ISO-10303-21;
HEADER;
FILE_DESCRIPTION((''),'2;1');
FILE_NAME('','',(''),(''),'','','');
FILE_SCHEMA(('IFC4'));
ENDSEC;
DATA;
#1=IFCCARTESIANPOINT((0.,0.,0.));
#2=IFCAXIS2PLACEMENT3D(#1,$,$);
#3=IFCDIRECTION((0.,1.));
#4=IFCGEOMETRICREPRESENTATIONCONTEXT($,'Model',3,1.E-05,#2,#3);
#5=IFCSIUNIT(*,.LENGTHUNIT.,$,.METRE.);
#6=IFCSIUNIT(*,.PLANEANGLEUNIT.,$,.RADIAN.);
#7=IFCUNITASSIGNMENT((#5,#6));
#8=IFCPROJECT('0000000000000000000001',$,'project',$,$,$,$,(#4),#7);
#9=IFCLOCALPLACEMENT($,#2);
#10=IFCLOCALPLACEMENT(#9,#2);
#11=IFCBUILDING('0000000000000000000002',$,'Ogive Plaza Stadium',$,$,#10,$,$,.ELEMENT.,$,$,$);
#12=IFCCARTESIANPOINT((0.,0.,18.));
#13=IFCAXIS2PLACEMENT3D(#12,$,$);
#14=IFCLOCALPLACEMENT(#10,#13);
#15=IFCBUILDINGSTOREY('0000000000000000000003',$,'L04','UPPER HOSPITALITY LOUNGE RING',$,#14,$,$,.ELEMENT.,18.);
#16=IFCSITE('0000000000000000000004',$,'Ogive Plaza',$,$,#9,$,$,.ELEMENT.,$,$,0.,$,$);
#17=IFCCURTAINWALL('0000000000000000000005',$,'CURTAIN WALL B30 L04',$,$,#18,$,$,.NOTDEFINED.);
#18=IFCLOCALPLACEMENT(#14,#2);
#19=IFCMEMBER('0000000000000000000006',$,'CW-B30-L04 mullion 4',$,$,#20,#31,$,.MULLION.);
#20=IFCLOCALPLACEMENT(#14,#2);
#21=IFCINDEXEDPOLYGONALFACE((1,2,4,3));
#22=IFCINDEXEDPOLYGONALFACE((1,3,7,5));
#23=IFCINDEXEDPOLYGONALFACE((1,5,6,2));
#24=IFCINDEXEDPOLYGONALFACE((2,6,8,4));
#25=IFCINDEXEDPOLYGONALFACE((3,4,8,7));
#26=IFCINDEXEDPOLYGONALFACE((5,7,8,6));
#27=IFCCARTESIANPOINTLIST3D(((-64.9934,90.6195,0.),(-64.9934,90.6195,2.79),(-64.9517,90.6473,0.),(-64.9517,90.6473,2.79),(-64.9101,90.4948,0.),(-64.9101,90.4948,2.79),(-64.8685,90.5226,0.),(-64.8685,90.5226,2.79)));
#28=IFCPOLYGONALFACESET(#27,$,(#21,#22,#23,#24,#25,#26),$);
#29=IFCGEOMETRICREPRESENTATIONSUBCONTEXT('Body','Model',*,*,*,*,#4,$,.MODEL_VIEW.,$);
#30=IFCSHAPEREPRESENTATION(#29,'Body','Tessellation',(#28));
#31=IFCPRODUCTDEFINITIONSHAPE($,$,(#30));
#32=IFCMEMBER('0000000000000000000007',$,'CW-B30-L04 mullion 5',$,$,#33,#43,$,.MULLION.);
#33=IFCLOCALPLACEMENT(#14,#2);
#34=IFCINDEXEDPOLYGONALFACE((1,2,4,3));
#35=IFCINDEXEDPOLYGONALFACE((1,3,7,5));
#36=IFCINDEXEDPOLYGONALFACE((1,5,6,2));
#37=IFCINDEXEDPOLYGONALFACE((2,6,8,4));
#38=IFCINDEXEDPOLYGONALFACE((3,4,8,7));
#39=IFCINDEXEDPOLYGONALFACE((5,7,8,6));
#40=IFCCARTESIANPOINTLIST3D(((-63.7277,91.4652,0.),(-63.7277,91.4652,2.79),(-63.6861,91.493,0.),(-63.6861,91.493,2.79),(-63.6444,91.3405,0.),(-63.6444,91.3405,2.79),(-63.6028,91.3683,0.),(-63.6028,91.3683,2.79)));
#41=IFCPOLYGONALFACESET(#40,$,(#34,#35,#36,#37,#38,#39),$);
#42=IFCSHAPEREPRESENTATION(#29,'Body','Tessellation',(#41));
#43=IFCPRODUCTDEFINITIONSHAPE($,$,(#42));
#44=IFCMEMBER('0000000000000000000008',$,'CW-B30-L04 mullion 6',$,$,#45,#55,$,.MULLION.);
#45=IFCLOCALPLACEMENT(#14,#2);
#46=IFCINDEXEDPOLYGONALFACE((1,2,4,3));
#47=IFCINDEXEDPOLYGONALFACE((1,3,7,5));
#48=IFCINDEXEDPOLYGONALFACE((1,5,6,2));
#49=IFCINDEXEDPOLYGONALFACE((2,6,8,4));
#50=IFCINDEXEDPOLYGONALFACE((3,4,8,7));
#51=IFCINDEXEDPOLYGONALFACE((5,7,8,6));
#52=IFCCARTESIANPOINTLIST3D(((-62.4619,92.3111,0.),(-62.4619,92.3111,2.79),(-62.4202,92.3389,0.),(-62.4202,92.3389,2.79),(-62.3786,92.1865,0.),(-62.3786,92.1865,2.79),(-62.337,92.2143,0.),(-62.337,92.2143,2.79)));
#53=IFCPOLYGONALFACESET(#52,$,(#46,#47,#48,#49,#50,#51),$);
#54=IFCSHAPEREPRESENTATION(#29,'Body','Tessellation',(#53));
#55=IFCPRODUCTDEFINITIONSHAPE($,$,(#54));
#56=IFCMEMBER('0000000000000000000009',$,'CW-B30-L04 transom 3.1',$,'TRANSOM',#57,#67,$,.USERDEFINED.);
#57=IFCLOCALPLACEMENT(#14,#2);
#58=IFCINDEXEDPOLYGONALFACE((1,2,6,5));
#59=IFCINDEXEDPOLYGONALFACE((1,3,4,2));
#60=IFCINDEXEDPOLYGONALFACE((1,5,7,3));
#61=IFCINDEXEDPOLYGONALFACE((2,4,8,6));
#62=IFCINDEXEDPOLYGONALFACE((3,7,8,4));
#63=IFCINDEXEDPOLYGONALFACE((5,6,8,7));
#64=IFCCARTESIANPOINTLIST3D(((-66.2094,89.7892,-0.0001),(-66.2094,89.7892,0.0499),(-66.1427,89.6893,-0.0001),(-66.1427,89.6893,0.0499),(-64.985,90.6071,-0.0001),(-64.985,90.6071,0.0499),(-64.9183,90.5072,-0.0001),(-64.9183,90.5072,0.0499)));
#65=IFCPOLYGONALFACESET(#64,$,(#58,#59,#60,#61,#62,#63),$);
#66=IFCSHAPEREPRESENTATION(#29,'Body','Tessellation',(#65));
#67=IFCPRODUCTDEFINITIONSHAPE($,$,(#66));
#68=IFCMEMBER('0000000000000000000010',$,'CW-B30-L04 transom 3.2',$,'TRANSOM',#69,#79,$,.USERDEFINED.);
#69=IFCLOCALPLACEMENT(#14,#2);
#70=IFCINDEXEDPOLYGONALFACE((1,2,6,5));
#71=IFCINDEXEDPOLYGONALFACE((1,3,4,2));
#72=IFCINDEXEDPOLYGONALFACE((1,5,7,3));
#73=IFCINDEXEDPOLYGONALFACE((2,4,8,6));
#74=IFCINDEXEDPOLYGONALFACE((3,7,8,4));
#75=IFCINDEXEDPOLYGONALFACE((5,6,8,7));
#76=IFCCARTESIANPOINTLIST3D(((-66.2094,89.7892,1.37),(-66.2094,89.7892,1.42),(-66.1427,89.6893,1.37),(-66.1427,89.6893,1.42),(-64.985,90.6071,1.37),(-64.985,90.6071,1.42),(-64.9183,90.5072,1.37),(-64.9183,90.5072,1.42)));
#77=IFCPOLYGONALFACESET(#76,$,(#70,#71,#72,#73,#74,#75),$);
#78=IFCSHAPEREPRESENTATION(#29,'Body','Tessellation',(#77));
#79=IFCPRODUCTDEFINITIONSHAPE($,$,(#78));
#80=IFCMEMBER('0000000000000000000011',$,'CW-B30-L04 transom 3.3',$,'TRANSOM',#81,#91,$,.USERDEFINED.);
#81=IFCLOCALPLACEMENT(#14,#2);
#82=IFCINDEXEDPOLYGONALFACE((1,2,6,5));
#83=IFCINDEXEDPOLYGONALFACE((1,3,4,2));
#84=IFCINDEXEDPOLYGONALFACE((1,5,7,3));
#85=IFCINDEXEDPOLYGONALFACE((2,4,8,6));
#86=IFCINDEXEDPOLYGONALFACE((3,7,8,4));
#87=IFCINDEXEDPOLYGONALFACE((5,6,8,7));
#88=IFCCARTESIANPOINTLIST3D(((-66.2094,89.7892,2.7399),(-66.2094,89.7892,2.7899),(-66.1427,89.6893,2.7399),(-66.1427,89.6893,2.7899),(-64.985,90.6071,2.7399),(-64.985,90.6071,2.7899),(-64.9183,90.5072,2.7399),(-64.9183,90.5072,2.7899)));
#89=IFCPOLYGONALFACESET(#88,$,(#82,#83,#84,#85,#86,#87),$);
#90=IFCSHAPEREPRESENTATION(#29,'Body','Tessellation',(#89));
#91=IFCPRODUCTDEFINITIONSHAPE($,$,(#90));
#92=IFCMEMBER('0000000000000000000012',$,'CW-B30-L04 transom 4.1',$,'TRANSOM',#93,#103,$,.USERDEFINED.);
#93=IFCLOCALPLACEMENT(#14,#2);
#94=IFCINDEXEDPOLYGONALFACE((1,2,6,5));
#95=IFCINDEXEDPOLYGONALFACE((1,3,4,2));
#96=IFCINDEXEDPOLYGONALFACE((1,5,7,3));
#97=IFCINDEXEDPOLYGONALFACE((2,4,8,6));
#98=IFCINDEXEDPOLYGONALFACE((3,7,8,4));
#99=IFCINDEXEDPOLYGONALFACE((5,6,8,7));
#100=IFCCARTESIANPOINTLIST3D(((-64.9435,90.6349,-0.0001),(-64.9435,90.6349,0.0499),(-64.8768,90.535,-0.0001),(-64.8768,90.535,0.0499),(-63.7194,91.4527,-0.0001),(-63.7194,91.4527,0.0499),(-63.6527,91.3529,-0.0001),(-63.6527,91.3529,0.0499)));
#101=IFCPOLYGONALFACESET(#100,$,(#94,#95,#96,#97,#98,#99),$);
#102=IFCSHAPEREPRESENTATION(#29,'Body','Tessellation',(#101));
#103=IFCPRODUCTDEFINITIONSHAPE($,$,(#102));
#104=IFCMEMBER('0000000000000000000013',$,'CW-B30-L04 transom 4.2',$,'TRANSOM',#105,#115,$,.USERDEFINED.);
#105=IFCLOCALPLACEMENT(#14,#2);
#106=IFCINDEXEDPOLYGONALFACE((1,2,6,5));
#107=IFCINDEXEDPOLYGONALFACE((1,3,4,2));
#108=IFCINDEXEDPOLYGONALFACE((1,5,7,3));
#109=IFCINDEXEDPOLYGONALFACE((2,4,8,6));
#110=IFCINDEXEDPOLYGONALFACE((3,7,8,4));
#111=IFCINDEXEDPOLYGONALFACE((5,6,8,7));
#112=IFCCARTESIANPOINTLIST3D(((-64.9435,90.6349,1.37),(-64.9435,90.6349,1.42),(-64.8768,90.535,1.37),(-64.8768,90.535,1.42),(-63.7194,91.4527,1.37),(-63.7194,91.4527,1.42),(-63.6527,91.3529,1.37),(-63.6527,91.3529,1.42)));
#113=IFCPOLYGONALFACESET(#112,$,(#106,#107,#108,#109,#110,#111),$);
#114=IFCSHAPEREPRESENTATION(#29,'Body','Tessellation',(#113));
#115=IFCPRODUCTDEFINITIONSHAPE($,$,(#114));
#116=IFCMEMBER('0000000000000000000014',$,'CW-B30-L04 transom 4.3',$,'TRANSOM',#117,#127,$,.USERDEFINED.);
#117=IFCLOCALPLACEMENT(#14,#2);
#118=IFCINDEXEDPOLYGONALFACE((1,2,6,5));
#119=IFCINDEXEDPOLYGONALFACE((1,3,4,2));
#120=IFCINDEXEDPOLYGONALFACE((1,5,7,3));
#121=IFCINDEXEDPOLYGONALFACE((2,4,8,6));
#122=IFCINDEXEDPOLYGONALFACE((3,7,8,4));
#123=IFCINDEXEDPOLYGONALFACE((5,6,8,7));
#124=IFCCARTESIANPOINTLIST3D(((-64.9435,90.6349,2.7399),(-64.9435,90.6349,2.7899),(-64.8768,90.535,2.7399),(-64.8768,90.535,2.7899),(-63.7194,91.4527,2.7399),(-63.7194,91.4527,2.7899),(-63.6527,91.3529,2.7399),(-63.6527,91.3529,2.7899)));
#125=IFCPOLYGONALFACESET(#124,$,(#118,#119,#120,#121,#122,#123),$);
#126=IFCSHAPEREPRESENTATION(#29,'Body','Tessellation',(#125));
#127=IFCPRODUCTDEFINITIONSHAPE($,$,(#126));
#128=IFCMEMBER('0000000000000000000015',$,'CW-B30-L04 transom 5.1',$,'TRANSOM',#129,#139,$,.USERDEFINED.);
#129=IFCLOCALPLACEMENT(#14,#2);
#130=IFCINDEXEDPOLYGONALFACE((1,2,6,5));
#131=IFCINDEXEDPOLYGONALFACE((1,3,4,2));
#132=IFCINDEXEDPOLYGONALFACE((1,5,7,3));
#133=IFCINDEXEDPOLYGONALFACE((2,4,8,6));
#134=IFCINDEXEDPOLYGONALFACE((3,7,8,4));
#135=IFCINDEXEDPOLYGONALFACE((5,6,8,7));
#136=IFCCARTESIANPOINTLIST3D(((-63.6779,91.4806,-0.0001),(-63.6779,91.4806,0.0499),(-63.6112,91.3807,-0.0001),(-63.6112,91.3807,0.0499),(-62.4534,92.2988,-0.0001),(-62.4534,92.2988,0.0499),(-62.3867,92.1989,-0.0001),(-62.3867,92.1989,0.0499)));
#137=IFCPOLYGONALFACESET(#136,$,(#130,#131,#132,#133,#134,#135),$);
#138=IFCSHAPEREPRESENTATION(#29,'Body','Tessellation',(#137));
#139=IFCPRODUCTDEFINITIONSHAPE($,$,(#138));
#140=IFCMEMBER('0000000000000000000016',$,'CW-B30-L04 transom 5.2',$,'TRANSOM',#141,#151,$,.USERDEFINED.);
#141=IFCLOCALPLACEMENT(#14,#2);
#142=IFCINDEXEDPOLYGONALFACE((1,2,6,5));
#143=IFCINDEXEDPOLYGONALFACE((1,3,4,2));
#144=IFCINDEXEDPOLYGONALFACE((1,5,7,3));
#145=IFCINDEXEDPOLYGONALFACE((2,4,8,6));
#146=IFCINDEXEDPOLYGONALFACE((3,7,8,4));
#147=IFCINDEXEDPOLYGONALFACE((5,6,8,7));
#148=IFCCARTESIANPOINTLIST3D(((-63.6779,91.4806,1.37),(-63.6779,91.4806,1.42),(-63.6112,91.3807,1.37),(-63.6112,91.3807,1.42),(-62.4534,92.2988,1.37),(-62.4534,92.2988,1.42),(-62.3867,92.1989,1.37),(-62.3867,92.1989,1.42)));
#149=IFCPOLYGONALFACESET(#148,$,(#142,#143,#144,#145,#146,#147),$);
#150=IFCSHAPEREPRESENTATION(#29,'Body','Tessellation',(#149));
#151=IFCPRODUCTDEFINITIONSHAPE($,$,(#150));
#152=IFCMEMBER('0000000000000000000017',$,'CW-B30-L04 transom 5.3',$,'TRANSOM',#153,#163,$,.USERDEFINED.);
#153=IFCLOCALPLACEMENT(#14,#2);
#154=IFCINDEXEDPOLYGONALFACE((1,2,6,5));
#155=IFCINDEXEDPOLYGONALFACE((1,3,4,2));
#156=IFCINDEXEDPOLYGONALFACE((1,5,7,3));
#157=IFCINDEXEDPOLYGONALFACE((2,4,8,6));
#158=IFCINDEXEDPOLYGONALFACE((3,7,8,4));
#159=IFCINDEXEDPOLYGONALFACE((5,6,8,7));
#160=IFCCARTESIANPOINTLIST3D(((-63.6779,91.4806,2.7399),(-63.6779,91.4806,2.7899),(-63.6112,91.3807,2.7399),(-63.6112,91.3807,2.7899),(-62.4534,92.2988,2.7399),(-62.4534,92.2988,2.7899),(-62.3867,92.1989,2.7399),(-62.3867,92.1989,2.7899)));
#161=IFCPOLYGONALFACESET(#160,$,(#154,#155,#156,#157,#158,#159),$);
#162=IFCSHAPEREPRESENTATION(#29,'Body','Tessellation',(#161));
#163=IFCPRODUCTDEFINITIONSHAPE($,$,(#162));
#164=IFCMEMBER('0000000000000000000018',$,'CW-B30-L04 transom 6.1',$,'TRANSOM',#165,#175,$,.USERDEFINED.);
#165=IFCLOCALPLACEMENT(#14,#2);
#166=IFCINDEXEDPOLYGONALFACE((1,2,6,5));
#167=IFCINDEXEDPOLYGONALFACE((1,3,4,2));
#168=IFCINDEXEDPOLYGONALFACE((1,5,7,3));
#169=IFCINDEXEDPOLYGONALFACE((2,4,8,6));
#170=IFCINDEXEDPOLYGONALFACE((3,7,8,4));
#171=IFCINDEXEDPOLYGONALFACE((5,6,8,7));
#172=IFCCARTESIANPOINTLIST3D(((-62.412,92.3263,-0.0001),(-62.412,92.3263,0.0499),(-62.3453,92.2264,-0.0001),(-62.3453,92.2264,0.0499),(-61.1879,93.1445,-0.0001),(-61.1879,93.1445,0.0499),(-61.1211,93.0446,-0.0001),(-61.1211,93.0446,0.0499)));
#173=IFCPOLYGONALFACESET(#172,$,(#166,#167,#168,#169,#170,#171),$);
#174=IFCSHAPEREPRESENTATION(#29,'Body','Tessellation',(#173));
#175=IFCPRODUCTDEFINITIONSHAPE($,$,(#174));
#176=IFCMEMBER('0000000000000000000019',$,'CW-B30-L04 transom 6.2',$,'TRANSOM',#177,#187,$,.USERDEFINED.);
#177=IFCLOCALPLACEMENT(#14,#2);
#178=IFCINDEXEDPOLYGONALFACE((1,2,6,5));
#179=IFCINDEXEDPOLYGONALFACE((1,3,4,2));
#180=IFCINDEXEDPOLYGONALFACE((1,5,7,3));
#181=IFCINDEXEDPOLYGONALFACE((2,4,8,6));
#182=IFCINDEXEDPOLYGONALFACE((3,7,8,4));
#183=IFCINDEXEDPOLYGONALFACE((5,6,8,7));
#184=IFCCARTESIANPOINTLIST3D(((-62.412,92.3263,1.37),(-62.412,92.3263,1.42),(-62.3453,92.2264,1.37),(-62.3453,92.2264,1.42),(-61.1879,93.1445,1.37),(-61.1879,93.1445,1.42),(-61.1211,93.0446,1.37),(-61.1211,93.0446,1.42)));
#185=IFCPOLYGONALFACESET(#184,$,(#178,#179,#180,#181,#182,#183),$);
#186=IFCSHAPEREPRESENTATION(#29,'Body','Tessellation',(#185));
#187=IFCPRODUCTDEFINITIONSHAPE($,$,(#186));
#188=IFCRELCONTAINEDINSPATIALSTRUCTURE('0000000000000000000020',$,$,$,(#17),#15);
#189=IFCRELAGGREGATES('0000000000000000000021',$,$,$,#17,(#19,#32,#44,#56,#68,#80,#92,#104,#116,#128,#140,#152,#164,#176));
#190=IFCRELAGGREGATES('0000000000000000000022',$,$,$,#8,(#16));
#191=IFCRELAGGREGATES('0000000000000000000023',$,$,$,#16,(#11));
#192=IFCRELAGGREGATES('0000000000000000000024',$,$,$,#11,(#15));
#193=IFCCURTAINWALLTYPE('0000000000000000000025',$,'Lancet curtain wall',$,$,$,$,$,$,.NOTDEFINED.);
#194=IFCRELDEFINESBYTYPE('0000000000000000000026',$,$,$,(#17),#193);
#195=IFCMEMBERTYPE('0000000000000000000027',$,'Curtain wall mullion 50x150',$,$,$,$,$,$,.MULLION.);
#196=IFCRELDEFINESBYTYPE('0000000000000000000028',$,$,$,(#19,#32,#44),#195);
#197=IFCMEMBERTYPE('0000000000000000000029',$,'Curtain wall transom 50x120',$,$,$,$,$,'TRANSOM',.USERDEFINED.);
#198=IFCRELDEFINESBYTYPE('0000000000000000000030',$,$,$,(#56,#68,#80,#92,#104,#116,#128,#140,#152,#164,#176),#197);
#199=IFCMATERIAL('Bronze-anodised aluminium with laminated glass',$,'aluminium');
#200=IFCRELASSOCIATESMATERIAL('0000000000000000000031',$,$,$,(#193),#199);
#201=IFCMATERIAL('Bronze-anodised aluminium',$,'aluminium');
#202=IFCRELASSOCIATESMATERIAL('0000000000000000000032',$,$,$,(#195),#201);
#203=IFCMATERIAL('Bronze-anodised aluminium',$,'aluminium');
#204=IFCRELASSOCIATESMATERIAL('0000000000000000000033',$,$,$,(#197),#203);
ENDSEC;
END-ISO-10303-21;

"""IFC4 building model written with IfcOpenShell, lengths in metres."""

from ifc_helpers import new_model, si_unit, direction, frame, origin, origin_2d, place, context, subcontext, project, spatial, rectangle, extrude, material, material_profile, profile_set, type_object, element, aggregate, save


model = new_model("IFC4")

# Units and contexts
model_context = context("Model", 3, precision=1e-05, world=origin(), true_north=direction((0.0, 1.0)))
body_context = subcontext(model_context, "Body", "Model", "MODEL_VIEW")
ifc_project = project(units=[si_unit("LENGTHUNIT", "METRE"), si_unit("PLANEANGLEUNIT", "RADIAN")], contexts=[model_context])

# Site, building, storey
site_placement = place(None, origin())
site = spatial("IfcSite", under=ifc_project, at=site_placement, Name="Ogive Plaza", CompositionType="ELEMENT", RefElevation=0.0)
building_placement = place(site_placement, origin())
building = spatial("IfcBuilding", under=site, at=building_placement, Name="Ogive Plaza Stadium", CompositionType="ELEMENT")
storey_placement = place(building_placement, frame((0.0, 0.0, 18.0)))
storey = spatial("IfcBuildingStorey", under=building, at=storey_placement, Name="L04", Description="UPPER HOSPITALITY LOUNGE RING", CompositionType="ELEMENT", Elevation=18.0)

# Curtain wall, members
ifc_material_1 = material(Name="Bronze-anodised aluminium with laminated glass", Category="aluminium")
curtain_wall_type = type_object("IfcCurtainWallType", Name="Lancet curtain wall", PredefinedType="NOTDEFINED", material=ifc_material_1)
curtain_wall_placement = place(storey_placement, origin())
curtain_wall = element("IfcCurtainWall", 1, at=curtain_wall_placement, inside=storey, type_object=curtain_wall_type, Name="CURTAIN WALL B30 L04", PredefinedType="NOTDEFINED")
ifc_material_2 = material(Name="Bronze-anodised aluminium", Category="aluminium")
ifc_material_profile_1 = material_profile(ifc_material_2, rectangle(XDim=0.1499, YDim=0.05, at=origin_2d()), Name="AL 150x50")
ifc_profile_set_1 = profile_set([ifc_material_profile_1], Name="Bronze-anodised aluminium")
member_type_1 = type_object("IfcMemberType", Name="Curtain wall mullion 50x150", PredefinedType="MULLION", material=ifc_profile_set_1)
member_1_placement = place(storey_placement, frame((-64.9309, 90.571, 0.0), z_axis=(0.0, 0.0, 1.0), x_axis=(-0.55557, 0.83147, 0.0)))
member_1 = element("IfcMember", 2, at=member_1_placement, type_object=member_type_1, Name="CW-B30-L04 mullion 4", PredefinedType="MULLION", context=body_context, shape_type="SweptSolid", body=[
    extrude(rectangle(XDim=0.1499, YDim=0.05, at=origin_2d()), origin(), (0.0, 0.0, 1.0), 2.79),
])
member_2_placement = place(storey_placement, frame((-63.6653, 91.4167, 0.0), z_axis=(0.0, 0.0, 1.0), x_axis=(-0.55557, 0.83147, 0.0)))
member_2 = element("IfcMember", 3, at=member_2_placement, type_object=member_type_1, Name="CW-B30-L04 mullion 5", PredefinedType="MULLION", context=body_context, shape_type="SweptSolid", body=[
    extrude(rectangle(XDim=0.1499, YDim=0.05, at=origin_2d()), origin(), (0.0, 0.0, 1.0), 2.79),
])
member_3_placement = place(storey_placement, frame((-62.3994, 92.2627, 0.0), z_axis=(0.0, 0.0, 1.0), x_axis=(-0.55557, 0.83147, 0.0)))
member_3 = element("IfcMember", 4, at=member_3_placement, type_object=member_type_1, Name="CW-B30-L04 mullion 6", PredefinedType="MULLION", context=body_context, shape_type="SweptSolid", body=[
    extrude(rectangle(XDim=0.1499, YDim=0.05, at=origin_2d()), origin(), (0.0, 0.0, 1.0), 2.79),
])
ifc_material_3 = material(Name="Bronze-anodised aluminium", Category="aluminium")
ifc_material_profile_2 = material_profile(ifc_material_3, rectangle(XDim=0.1201, YDim=0.05, at=origin_2d()), Name="AL 120x50")
ifc_profile_set_2 = profile_set([ifc_material_profile_2], Name="Bronze-anodised aluminium")
member_type_2 = type_object("IfcMemberType", Name="Curtain wall transom 50x120", ElementType="TRANSOM", PredefinedType="USERDEFINED", material=ifc_profile_set_2)
member_4_placement = place(storey_placement, frame((-66.176, 89.7393, 0.0249), z_axis=(0.83154, 0.555465, 0.0), x_axis=(-0.555465, 0.83154, 0.0)))
member_4 = element("IfcMember", 5, at=member_4_placement, type_object=member_type_2, Name="CW-B30-L04 transom 3.1", ObjectType="TRANSOM", PredefinedType="USERDEFINED", context=body_context, shape_type="SweptSolid", body=[
    extrude(rectangle(XDim=0.1201, YDim=0.05, at=origin_2d()), origin(), (0.0, 0.0, 1.0), 1.4724),
])
member_5_placement = place(storey_placement, frame((-66.176, 89.7393, 1.395), z_axis=(0.83154, 0.555465, 0.0), x_axis=(-0.555465, 0.83154, 0.0)))
member_5 = element("IfcMember", 6, at=member_5_placement, type_object=member_type_2, Name="CW-B30-L04 transom 3.2", ObjectType="TRANSOM", PredefinedType="USERDEFINED", context=body_context, shape_type="SweptSolid", body=[
    extrude(rectangle(XDim=0.1201, YDim=0.05, at=origin_2d()), origin(), (0.0, 0.0, 1.0), 1.4724),
])
member_6_placement = place(storey_placement, frame((-66.176, 89.7393, 2.7649), z_axis=(0.83154, 0.555465, 0.0), x_axis=(-0.555465, 0.83154, 0.0)))
member_6 = element("IfcMember", 7, at=member_6_placement, type_object=member_type_2, Name="CW-B30-L04 transom 3.3", ObjectType="TRANSOM", PredefinedType="USERDEFINED", context=body_context, shape_type="SweptSolid", body=[
    extrude(rectangle(XDim=0.1201, YDim=0.05, at=origin_2d()), origin(), (0.0, 0.0, 1.0), 1.4724),
])
member_7_placement = place(storey_placement, frame((-64.9102, 90.585, 0.0249), z_axis=(0.831489, 0.555542, 0.0), x_axis=(-0.555542, 0.831489, 0.0)))
member_7 = element("IfcMember", 8, at=member_7_placement, type_object=member_type_2, Name="CW-B30-L04 transom 4.1", ObjectType="TRANSOM", PredefinedType="USERDEFINED", context=body_context, shape_type="SweptSolid", body=[
    extrude(rectangle(XDim=0.1201, YDim=0.05, at=origin_2d()), origin(), (0.0, 0.0, 1.0), 1.4722),
])
member_8_placement = place(storey_placement, frame((-64.9102, 90.585, 1.395), z_axis=(0.831489, 0.555542, 0.0), x_axis=(-0.555542, 0.831489, 0.0)))
member_8 = element("IfcMember", 9, at=member_8_placement, type_object=member_type_2, Name="CW-B30-L04 transom 4.2", ObjectType="TRANSOM", PredefinedType="USERDEFINED", context=body_context, shape_type="SweptSolid", body=[
    extrude(rectangle(XDim=0.1201, YDim=0.05, at=origin_2d()), origin(), (0.0, 0.0, 1.0), 1.4722),
])
member_9_placement = place(storey_placement, frame((-64.9102, 90.585, 2.7649), z_axis=(0.831489, 0.555542, 0.0), x_axis=(-0.555542, 0.831489, 0.0)))
member_9 = element("IfcMember", 10, at=member_9_placement, type_object=member_type_2, Name="CW-B30-L04 transom 4.3", ObjectType="TRANSOM", PredefinedType="USERDEFINED", context=body_context, shape_type="SweptSolid", body=[
    extrude(rectangle(XDim=0.1201, YDim=0.05, at=origin_2d()), origin(), (0.0, 0.0, 1.0), 1.4722),
])
member_10_placement = place(storey_placement, frame((-63.6445, 91.4307, 0.0249), z_axis=(0.831463, 0.55558, 0.0), x_axis=(-0.55558, 0.831463, 0.0)))
member_10 = element("IfcMember", 11, at=member_10_placement, type_object=member_type_2, Name="CW-B30-L04 transom 5.1", ObjectType="TRANSOM", PredefinedType="USERDEFINED", context=body_context, shape_type="SweptSolid", body=[
    extrude(rectangle(XDim=0.1201, YDim=0.05, at=origin_2d()), origin(), (0.0, 0.0, 1.0), 1.4727),
])
member_11_placement = place(storey_placement, frame((-63.6445, 91.4307, 1.395), z_axis=(0.831463, 0.55558, 0.0), x_axis=(-0.55558, 0.831463, 0.0)))
member_11 = element("IfcMember", 12, at=member_11_placement, type_object=member_type_2, Name="CW-B30-L04 transom 5.2", ObjectType="TRANSOM", PredefinedType="USERDEFINED", context=body_context, shape_type="SweptSolid", body=[
    extrude(rectangle(XDim=0.1201, YDim=0.05, at=origin_2d()), origin(), (0.0, 0.0, 1.0), 1.4727),
])
member_12_placement = place(storey_placement, frame((-63.6445, 91.4307, 2.7649), z_axis=(0.831463, 0.55558, 0.0), x_axis=(-0.55558, 0.831463, 0.0)))
member_12 = element("IfcMember", 13, at=member_12_placement, type_object=member_type_2, Name="CW-B30-L04 transom 5.3", ObjectType="TRANSOM", PredefinedType="USERDEFINED", context=body_context, shape_type="SweptSolid", body=[
    extrude(rectangle(XDim=0.1201, YDim=0.05, at=origin_2d()), origin(), (0.0, 0.0, 1.0), 1.4727),
])
member_13_placement = place(storey_placement, frame((-62.3787, 92.2764, 0.0249), z_axis=(0.831412, 0.555656, 0.0), x_axis=(-0.555656, 0.831412, 0.0)))
member_13 = element("IfcMember", 14, at=member_13_placement, type_object=member_type_2, Name="CW-B30-L04 transom 6.1", ObjectType="TRANSOM", PredefinedType="USERDEFINED", context=body_context, shape_type="SweptSolid", body=[
    extrude(rectangle(XDim=0.1201, YDim=0.05, at=origin_2d()), origin(), (0.0, 0.0, 1.0), 1.4724),
])
member_14_placement = place(storey_placement, frame((-62.3787, 92.2764, 1.395), z_axis=(0.831412, 0.555656, 0.0), x_axis=(-0.555656, 0.831412, 0.0)))
member_14 = element("IfcMember", 15, at=member_14_placement, type_object=member_type_2, Name="CW-B30-L04 transom 6.2", ObjectType="TRANSOM", PredefinedType="USERDEFINED", context=body_context, shape_type="SweptSolid", body=[
    extrude(rectangle(XDim=0.1201, YDim=0.05, at=origin_2d()), origin(), (0.0, 0.0, 1.0), 1.4724),
])
aggregate(curtain_wall, [member_1, member_2, member_3, member_4, member_5, member_6, member_7, member_8, member_9, member_10, member_11, member_12, member_13, member_14])

save(model, "model.ifc")
